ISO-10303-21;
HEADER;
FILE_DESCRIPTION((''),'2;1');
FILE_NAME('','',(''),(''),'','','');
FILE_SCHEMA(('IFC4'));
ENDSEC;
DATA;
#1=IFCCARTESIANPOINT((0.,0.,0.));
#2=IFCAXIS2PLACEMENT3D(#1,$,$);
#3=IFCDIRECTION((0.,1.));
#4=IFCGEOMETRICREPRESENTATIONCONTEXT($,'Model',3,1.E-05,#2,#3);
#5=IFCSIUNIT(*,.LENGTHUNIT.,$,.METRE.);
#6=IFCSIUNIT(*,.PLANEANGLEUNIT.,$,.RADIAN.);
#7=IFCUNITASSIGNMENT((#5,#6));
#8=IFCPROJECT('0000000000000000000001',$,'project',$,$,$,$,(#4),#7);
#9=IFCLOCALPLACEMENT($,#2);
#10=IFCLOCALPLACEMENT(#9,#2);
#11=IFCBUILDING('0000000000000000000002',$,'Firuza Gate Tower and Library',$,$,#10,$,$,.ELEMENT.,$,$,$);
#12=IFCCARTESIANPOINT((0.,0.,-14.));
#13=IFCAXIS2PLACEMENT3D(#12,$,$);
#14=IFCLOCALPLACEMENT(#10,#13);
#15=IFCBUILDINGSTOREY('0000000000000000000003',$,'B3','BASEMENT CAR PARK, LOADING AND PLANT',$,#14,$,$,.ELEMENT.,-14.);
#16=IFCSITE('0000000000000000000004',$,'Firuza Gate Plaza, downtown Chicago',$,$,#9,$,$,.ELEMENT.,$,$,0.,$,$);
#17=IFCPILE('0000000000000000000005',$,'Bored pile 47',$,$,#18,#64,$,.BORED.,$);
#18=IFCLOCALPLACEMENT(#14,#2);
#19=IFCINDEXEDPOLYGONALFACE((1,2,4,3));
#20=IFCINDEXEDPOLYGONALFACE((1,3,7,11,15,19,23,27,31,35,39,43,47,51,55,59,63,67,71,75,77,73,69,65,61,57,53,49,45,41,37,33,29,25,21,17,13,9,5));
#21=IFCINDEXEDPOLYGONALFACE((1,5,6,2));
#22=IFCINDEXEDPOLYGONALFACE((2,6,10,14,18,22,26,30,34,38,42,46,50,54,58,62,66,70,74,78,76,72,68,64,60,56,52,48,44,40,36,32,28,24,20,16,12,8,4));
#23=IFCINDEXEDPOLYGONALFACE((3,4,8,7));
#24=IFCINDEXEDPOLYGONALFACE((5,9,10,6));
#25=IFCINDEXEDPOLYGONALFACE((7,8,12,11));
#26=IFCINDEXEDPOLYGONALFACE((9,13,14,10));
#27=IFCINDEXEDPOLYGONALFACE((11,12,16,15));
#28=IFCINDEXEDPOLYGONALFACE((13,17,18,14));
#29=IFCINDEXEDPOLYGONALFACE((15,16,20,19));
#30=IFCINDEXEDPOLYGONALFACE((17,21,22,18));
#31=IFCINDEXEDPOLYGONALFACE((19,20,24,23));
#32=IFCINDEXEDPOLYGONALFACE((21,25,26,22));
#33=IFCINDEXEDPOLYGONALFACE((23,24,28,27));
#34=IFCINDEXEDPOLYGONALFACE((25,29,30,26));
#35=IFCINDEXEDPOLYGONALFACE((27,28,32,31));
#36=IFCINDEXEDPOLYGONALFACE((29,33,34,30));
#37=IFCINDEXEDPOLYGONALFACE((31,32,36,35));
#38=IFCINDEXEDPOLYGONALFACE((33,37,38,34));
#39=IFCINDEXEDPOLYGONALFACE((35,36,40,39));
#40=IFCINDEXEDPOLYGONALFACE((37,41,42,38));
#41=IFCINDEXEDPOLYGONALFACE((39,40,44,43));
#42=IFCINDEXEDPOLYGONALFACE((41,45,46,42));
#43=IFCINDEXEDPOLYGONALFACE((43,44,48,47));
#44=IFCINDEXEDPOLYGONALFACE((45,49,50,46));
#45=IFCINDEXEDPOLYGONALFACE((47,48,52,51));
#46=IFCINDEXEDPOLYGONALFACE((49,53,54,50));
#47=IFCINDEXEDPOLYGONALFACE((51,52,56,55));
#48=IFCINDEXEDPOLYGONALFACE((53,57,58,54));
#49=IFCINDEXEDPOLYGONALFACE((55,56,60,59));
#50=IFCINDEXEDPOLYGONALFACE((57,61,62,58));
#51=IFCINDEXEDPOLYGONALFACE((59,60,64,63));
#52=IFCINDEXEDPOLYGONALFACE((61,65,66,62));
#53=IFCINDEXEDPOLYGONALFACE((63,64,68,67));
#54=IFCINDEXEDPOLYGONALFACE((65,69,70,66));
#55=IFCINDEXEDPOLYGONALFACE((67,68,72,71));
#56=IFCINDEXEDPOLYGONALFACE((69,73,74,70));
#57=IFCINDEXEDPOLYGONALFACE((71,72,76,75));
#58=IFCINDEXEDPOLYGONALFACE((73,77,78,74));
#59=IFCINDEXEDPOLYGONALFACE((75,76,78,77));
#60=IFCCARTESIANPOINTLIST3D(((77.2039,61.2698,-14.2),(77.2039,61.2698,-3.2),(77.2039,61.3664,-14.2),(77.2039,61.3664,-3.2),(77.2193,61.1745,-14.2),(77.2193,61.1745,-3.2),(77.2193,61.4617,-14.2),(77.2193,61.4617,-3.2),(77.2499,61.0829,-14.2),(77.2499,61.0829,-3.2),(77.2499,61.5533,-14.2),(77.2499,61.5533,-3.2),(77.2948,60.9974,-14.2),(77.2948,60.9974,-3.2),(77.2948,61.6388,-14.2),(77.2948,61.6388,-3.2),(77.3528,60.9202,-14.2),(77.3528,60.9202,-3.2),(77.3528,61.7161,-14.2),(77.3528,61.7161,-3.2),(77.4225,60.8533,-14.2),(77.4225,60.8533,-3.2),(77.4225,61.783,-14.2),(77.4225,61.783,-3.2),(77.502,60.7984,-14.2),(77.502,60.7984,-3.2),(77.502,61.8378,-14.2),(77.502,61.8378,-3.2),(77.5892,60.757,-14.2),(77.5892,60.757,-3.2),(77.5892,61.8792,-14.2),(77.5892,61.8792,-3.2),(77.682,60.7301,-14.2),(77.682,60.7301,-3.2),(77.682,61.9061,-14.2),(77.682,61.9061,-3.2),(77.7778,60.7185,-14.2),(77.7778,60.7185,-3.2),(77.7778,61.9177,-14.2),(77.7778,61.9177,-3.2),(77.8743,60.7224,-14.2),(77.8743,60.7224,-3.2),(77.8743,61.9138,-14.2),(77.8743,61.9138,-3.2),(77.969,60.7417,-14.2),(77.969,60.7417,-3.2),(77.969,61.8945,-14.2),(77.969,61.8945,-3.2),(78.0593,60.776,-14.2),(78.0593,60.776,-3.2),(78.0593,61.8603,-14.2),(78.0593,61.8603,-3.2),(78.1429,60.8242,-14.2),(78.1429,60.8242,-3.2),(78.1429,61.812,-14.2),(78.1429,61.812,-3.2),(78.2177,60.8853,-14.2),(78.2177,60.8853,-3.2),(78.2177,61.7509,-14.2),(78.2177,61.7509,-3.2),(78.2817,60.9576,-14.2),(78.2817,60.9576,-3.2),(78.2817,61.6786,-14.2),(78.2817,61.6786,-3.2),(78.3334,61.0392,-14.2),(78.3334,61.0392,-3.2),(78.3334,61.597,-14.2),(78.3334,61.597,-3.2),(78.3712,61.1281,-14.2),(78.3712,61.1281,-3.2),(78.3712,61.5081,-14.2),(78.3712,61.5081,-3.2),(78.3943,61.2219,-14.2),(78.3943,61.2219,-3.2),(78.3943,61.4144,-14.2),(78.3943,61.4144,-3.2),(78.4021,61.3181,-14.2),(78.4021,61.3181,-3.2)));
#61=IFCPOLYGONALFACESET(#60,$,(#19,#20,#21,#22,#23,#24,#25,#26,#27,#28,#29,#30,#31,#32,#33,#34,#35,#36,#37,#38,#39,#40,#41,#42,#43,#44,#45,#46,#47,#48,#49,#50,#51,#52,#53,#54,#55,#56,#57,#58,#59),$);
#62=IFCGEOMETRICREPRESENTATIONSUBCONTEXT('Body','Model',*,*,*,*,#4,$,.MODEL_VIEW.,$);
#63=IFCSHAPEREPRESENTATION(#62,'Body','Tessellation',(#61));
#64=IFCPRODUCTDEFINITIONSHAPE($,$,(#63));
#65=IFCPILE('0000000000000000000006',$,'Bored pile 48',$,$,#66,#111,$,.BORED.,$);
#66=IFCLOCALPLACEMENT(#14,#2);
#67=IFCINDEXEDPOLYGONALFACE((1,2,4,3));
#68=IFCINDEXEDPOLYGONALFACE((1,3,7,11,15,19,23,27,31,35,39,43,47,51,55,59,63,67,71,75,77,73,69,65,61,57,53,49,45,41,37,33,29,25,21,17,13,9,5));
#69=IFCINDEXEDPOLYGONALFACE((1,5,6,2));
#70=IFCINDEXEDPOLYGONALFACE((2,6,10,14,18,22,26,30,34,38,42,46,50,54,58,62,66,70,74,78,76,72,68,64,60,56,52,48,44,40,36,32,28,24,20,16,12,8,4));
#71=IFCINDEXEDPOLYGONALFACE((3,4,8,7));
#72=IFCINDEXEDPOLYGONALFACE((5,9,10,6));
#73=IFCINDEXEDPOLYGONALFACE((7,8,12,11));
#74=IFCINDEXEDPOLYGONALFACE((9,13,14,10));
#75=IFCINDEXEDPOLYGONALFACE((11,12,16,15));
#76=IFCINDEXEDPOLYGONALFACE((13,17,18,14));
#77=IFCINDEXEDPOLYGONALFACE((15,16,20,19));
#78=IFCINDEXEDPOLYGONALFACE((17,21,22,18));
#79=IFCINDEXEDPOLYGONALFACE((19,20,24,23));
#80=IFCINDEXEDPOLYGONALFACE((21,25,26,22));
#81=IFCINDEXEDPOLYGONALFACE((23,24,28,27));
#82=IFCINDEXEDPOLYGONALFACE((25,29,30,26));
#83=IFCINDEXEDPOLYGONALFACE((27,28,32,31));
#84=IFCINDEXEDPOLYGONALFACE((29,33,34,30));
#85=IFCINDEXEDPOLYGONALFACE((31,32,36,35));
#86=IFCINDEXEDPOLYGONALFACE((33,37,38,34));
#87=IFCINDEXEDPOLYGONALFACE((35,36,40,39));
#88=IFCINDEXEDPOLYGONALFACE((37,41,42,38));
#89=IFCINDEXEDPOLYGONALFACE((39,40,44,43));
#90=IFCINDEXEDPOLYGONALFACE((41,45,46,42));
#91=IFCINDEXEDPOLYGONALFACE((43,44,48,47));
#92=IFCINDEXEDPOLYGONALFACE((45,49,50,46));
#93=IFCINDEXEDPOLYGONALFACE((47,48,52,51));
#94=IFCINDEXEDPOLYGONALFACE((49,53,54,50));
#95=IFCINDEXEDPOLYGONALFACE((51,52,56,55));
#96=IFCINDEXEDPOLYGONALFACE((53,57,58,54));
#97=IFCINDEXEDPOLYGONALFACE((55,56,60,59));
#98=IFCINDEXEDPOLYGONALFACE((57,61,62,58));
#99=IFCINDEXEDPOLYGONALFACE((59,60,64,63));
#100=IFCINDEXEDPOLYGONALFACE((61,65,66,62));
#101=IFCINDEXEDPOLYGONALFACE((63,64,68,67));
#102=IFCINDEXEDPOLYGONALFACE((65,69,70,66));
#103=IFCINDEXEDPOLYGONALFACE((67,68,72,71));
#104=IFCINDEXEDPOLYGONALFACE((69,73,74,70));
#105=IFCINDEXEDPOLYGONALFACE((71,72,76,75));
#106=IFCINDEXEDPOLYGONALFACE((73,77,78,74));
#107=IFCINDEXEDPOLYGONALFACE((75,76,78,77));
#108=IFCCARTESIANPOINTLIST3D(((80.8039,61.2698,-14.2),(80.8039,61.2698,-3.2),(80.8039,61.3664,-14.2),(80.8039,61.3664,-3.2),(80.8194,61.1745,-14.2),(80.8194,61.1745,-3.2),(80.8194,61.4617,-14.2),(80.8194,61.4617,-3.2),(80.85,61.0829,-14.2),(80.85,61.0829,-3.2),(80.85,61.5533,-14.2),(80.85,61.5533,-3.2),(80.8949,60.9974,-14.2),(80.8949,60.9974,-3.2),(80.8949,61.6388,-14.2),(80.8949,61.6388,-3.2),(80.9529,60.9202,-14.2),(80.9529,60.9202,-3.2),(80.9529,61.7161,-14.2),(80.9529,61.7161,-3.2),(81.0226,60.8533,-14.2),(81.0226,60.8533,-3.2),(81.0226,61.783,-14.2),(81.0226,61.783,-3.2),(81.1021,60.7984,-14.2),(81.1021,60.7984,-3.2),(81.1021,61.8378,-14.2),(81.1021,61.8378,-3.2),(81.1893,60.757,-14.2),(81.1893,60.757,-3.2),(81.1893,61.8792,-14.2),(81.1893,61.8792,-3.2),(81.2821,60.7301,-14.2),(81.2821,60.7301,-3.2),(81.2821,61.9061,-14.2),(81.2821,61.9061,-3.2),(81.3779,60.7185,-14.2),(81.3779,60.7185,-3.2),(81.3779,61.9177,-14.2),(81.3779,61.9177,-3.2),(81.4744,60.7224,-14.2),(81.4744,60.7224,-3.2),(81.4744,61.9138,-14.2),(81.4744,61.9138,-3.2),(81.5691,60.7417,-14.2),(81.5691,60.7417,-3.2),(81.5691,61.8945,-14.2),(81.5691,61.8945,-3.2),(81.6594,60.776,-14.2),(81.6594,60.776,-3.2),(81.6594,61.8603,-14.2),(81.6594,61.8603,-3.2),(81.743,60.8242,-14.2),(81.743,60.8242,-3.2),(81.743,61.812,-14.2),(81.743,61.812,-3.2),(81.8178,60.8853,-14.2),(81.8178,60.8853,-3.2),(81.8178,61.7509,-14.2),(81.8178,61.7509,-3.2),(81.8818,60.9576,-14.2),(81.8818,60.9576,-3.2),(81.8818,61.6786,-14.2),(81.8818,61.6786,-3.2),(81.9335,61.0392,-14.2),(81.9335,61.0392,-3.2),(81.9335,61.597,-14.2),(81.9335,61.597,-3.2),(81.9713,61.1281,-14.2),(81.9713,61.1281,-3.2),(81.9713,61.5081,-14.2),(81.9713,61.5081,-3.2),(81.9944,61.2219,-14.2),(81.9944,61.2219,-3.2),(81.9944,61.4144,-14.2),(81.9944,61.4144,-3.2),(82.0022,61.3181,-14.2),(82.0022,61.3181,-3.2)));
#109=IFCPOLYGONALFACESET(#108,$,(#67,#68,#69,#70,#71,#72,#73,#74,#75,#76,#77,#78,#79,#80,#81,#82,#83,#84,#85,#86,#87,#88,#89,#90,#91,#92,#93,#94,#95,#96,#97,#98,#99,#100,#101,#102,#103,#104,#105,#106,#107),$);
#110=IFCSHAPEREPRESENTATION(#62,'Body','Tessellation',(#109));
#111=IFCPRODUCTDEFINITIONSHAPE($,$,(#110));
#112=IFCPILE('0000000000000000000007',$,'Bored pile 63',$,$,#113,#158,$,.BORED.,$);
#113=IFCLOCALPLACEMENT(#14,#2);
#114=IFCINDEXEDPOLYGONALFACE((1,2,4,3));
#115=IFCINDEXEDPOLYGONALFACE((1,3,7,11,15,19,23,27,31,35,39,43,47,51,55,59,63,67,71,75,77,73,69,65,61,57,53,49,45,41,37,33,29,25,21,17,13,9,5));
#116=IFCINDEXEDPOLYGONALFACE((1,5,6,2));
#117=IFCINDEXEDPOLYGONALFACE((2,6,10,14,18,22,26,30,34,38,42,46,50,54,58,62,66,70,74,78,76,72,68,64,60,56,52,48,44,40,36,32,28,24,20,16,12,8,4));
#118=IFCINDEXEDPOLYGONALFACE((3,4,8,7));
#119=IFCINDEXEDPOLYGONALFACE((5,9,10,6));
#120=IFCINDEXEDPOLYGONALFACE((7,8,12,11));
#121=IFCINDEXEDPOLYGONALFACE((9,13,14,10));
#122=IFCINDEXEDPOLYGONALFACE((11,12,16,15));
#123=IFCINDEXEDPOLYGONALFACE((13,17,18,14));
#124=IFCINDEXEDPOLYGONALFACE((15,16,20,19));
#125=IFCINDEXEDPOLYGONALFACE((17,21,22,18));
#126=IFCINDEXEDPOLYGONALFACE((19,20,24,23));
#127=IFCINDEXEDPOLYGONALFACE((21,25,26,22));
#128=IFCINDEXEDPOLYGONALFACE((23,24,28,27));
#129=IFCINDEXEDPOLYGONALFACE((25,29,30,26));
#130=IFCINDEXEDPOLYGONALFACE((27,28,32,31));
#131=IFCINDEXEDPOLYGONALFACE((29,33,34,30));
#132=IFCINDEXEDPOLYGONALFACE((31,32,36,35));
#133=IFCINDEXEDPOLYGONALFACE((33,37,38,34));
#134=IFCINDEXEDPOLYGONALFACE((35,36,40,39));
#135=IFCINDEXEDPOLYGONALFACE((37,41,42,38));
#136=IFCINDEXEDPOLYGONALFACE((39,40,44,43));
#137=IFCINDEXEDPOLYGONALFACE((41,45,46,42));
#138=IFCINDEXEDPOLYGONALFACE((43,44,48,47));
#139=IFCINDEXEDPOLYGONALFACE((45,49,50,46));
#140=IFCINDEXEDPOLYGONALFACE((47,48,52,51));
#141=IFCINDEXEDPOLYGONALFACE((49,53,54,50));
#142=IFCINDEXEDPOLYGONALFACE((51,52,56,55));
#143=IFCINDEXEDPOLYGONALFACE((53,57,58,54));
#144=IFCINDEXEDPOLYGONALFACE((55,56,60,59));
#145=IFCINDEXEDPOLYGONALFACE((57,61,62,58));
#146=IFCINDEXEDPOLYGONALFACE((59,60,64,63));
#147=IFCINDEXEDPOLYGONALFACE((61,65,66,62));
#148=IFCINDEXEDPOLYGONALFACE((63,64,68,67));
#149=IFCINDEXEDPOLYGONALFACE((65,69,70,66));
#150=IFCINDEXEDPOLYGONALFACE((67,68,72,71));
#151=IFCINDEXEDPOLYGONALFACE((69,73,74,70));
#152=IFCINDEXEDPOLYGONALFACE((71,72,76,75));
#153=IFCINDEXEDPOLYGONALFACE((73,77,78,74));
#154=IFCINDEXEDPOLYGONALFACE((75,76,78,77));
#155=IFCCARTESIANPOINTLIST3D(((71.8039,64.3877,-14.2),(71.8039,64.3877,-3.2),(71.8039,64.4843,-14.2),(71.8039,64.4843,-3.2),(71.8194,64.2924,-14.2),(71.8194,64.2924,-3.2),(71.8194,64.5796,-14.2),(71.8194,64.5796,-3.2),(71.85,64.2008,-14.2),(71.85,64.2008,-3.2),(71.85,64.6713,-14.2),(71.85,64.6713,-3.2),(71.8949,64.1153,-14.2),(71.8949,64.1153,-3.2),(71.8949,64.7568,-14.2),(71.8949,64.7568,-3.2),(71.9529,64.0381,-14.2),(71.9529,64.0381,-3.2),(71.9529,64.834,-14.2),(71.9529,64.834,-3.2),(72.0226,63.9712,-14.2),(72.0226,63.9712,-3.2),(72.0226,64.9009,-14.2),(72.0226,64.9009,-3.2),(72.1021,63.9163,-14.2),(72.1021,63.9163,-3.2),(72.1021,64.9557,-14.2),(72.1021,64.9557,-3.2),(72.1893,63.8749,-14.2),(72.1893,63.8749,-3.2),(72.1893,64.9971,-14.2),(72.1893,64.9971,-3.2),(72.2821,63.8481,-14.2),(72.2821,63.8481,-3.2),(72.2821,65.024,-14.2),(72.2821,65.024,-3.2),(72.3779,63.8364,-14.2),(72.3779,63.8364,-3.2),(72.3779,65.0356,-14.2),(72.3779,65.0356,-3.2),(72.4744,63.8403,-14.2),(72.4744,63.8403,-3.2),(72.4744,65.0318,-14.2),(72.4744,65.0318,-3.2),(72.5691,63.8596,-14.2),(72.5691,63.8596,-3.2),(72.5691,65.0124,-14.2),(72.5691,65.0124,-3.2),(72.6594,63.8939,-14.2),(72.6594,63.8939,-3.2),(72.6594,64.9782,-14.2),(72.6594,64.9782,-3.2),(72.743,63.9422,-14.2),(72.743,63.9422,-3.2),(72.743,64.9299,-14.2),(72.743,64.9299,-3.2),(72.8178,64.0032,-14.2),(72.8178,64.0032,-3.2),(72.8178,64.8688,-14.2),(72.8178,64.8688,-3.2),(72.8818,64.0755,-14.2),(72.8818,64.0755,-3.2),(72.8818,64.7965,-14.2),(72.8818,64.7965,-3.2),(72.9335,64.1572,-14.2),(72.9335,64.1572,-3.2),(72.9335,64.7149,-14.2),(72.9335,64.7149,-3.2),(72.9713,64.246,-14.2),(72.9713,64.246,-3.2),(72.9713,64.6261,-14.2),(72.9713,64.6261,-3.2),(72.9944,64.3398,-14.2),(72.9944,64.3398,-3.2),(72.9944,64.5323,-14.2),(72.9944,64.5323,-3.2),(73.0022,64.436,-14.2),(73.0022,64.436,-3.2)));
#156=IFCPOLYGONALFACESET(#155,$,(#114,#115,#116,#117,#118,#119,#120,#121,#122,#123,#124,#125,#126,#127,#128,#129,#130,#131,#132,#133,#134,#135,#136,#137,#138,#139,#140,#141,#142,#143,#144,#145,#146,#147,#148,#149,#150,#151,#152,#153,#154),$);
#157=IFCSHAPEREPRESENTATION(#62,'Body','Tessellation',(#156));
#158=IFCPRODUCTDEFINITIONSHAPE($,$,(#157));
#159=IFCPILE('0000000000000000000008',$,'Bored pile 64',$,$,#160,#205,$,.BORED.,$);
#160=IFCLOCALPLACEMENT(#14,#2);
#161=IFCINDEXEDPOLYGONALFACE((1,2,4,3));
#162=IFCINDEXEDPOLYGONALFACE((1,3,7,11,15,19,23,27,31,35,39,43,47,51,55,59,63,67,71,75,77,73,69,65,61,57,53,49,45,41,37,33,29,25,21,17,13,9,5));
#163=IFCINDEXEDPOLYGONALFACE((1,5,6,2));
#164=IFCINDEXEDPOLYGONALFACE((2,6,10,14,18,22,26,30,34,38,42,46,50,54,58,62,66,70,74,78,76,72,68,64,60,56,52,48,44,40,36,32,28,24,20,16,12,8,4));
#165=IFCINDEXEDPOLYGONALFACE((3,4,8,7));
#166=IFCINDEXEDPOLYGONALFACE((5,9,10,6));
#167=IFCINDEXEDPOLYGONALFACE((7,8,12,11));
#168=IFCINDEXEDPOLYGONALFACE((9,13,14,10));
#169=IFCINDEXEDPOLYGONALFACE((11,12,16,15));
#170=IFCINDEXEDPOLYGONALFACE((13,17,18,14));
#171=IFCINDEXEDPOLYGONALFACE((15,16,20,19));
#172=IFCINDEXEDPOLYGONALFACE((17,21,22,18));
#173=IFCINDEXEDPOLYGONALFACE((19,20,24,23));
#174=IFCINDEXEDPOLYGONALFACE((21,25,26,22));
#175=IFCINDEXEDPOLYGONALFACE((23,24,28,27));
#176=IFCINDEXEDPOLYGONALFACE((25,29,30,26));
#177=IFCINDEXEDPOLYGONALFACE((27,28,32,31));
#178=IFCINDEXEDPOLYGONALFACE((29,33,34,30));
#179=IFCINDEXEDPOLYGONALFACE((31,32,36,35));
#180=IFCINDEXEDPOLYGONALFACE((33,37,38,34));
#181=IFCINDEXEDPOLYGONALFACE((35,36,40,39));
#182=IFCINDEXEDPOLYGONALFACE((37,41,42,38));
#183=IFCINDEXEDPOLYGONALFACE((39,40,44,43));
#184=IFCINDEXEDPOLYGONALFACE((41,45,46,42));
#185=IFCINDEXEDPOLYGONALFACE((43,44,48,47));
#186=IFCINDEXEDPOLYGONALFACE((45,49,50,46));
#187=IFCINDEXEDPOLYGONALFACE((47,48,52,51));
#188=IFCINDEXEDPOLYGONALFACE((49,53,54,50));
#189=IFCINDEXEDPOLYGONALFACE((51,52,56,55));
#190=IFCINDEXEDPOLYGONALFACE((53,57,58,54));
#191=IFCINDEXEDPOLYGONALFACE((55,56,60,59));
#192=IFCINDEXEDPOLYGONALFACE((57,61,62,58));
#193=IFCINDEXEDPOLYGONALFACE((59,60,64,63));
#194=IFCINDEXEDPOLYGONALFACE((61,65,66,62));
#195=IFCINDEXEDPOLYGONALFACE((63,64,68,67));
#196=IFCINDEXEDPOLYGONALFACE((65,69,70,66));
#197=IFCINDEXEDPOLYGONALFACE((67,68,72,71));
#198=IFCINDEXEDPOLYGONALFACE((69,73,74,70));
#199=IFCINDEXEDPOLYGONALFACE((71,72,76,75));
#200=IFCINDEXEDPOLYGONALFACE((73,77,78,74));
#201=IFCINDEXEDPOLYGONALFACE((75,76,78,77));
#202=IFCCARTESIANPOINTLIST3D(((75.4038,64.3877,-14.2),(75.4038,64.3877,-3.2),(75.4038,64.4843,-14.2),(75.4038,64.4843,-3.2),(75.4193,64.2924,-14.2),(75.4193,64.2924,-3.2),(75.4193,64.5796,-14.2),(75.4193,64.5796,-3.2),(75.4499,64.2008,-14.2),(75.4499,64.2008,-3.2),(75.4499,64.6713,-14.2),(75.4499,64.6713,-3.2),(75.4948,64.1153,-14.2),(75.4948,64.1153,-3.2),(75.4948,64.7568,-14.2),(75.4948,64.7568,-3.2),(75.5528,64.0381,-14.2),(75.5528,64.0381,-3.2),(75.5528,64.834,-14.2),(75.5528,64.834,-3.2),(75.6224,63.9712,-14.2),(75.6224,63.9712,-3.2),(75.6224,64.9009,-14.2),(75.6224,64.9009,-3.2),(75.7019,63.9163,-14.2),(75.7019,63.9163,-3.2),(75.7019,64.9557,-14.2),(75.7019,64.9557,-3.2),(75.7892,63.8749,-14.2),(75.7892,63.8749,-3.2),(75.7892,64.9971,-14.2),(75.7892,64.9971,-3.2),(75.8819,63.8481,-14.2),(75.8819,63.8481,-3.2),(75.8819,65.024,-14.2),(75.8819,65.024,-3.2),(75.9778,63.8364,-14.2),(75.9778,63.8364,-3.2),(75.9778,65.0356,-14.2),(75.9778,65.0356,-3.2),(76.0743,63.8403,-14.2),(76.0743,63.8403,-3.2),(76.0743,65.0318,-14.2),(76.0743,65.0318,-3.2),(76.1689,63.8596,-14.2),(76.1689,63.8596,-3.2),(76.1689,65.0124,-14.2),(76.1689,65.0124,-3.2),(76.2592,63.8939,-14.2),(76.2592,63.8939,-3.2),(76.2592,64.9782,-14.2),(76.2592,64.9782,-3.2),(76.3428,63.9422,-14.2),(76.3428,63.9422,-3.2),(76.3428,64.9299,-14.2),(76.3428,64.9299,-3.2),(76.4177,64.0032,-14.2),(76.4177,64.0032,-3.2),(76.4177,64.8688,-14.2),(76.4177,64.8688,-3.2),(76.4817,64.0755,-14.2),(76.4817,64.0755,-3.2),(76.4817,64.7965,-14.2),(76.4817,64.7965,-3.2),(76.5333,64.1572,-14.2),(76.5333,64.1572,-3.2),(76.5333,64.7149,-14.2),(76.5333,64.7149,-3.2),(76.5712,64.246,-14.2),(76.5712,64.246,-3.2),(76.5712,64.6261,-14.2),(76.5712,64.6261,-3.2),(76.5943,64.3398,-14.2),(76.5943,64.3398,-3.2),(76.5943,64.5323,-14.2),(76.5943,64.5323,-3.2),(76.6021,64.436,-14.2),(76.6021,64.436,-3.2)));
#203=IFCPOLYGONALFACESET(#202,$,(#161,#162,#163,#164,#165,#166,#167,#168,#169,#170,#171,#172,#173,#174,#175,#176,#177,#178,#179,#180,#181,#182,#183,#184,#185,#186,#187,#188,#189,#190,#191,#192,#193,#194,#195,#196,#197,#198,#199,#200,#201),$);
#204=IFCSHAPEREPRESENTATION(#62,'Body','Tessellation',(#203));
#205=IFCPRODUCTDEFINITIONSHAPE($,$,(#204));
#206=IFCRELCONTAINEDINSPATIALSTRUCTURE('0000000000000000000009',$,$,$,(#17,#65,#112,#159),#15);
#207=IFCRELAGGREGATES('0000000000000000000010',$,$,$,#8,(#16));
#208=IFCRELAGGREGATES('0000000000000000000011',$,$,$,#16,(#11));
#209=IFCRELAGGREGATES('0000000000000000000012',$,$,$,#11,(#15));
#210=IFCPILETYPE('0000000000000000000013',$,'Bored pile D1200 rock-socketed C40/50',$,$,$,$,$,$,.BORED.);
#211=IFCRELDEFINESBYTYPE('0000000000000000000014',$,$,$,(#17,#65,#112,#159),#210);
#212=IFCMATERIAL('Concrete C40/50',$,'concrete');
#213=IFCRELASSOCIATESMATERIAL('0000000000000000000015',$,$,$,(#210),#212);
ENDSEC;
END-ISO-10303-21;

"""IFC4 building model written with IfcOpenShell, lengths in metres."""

from ifc_helpers import new_model, si_unit, direction, frame, origin, origin_2d, place, context, subcontext, project, spatial, circle, extrude, material, material_profile, profile_set, type_object, element, save


model = new_model("IFC4")

# Units and contexts
model_context = context("Model", 3, precision=1e-05, world=origin(), true_north=direction((0.0, 1.0)))
body_context = subcontext(model_context, "Body", "Model", "MODEL_VIEW")
ifc_project = project(units=[si_unit("LENGTHUNIT", "METRE"), si_unit("PLANEANGLEUNIT", "RADIAN")], contexts=[model_context])

# Site, building, storey
site_placement = place(None, origin())
site = spatial("IfcSite", under=ifc_project, at=site_placement, Name="Firuza Gate Plaza, downtown Chicago", CompositionType="ELEMENT", RefElevation=0.0)
building_placement = place(site_placement, origin())
building = spatial("IfcBuilding", under=site, at=building_placement, Name="Firuza Gate Tower and Library", CompositionType="ELEMENT")
storey_placement = place(building_placement, frame((0.0, 0.0, -14.0)))
storey = spatial("IfcBuildingStorey", under=building, at=storey_placement, Name="B3", Description="BASEMENT CAR PARK, LOADING AND PLANT", CompositionType="ELEMENT", Elevation=-14.0)

# Piles
ifc_material_1 = material(Name="Concrete C40/50", Category="concrete")
ifc_material_profile_1 = material_profile(ifc_material_1, circle(Radius=0.6001, at=origin_2d()))
ifc_profile_set_1 = profile_set([ifc_material_profile_1], Name="Concrete C40/50")
pile_type = type_object("IfcPileType", Name="Bored pile D1200 rock-socketed C40/50", PredefinedType="BORED", material=ifc_profile_set_1)
for number, where, z_axis, x_axis, name in (
    (1, (77.802, 61.3181, -3.2), (0.0, 0.0, -1.0), (1.0, 0.0, 0.0), "Bored pile 47"),
    (2, (81.4021, 61.3181, -3.2), (0.0, 0.0, -1.0), (1.0, 0.0, 0.0), "Bored pile 48"),
    (3, (72.4021, 64.436, -3.2), (0.0, 0.0, -1.0), (1.0, 0.0, 0.0), "Bored pile 63"),
    (4, (76.002, 64.436, -3.2), (0.0, 0.0, -1.0), (1.0, 0.0, 0.0), "Bored pile 64"),
):
    element("IfcPile", number, at=place(storey_placement, frame(where, z_axis=z_axis, x_axis=x_axis)), inside=storey, type_object=pile_type, Name=name, PredefinedType="BORED", context=body_context, shape_type="SweptSolid", body=[
        extrude(circle(Radius=0.6001, at=origin_2d()), origin(), (0.0, 0.0, 1.0), 11.0),
    ])

save(model, "model.ifc")
